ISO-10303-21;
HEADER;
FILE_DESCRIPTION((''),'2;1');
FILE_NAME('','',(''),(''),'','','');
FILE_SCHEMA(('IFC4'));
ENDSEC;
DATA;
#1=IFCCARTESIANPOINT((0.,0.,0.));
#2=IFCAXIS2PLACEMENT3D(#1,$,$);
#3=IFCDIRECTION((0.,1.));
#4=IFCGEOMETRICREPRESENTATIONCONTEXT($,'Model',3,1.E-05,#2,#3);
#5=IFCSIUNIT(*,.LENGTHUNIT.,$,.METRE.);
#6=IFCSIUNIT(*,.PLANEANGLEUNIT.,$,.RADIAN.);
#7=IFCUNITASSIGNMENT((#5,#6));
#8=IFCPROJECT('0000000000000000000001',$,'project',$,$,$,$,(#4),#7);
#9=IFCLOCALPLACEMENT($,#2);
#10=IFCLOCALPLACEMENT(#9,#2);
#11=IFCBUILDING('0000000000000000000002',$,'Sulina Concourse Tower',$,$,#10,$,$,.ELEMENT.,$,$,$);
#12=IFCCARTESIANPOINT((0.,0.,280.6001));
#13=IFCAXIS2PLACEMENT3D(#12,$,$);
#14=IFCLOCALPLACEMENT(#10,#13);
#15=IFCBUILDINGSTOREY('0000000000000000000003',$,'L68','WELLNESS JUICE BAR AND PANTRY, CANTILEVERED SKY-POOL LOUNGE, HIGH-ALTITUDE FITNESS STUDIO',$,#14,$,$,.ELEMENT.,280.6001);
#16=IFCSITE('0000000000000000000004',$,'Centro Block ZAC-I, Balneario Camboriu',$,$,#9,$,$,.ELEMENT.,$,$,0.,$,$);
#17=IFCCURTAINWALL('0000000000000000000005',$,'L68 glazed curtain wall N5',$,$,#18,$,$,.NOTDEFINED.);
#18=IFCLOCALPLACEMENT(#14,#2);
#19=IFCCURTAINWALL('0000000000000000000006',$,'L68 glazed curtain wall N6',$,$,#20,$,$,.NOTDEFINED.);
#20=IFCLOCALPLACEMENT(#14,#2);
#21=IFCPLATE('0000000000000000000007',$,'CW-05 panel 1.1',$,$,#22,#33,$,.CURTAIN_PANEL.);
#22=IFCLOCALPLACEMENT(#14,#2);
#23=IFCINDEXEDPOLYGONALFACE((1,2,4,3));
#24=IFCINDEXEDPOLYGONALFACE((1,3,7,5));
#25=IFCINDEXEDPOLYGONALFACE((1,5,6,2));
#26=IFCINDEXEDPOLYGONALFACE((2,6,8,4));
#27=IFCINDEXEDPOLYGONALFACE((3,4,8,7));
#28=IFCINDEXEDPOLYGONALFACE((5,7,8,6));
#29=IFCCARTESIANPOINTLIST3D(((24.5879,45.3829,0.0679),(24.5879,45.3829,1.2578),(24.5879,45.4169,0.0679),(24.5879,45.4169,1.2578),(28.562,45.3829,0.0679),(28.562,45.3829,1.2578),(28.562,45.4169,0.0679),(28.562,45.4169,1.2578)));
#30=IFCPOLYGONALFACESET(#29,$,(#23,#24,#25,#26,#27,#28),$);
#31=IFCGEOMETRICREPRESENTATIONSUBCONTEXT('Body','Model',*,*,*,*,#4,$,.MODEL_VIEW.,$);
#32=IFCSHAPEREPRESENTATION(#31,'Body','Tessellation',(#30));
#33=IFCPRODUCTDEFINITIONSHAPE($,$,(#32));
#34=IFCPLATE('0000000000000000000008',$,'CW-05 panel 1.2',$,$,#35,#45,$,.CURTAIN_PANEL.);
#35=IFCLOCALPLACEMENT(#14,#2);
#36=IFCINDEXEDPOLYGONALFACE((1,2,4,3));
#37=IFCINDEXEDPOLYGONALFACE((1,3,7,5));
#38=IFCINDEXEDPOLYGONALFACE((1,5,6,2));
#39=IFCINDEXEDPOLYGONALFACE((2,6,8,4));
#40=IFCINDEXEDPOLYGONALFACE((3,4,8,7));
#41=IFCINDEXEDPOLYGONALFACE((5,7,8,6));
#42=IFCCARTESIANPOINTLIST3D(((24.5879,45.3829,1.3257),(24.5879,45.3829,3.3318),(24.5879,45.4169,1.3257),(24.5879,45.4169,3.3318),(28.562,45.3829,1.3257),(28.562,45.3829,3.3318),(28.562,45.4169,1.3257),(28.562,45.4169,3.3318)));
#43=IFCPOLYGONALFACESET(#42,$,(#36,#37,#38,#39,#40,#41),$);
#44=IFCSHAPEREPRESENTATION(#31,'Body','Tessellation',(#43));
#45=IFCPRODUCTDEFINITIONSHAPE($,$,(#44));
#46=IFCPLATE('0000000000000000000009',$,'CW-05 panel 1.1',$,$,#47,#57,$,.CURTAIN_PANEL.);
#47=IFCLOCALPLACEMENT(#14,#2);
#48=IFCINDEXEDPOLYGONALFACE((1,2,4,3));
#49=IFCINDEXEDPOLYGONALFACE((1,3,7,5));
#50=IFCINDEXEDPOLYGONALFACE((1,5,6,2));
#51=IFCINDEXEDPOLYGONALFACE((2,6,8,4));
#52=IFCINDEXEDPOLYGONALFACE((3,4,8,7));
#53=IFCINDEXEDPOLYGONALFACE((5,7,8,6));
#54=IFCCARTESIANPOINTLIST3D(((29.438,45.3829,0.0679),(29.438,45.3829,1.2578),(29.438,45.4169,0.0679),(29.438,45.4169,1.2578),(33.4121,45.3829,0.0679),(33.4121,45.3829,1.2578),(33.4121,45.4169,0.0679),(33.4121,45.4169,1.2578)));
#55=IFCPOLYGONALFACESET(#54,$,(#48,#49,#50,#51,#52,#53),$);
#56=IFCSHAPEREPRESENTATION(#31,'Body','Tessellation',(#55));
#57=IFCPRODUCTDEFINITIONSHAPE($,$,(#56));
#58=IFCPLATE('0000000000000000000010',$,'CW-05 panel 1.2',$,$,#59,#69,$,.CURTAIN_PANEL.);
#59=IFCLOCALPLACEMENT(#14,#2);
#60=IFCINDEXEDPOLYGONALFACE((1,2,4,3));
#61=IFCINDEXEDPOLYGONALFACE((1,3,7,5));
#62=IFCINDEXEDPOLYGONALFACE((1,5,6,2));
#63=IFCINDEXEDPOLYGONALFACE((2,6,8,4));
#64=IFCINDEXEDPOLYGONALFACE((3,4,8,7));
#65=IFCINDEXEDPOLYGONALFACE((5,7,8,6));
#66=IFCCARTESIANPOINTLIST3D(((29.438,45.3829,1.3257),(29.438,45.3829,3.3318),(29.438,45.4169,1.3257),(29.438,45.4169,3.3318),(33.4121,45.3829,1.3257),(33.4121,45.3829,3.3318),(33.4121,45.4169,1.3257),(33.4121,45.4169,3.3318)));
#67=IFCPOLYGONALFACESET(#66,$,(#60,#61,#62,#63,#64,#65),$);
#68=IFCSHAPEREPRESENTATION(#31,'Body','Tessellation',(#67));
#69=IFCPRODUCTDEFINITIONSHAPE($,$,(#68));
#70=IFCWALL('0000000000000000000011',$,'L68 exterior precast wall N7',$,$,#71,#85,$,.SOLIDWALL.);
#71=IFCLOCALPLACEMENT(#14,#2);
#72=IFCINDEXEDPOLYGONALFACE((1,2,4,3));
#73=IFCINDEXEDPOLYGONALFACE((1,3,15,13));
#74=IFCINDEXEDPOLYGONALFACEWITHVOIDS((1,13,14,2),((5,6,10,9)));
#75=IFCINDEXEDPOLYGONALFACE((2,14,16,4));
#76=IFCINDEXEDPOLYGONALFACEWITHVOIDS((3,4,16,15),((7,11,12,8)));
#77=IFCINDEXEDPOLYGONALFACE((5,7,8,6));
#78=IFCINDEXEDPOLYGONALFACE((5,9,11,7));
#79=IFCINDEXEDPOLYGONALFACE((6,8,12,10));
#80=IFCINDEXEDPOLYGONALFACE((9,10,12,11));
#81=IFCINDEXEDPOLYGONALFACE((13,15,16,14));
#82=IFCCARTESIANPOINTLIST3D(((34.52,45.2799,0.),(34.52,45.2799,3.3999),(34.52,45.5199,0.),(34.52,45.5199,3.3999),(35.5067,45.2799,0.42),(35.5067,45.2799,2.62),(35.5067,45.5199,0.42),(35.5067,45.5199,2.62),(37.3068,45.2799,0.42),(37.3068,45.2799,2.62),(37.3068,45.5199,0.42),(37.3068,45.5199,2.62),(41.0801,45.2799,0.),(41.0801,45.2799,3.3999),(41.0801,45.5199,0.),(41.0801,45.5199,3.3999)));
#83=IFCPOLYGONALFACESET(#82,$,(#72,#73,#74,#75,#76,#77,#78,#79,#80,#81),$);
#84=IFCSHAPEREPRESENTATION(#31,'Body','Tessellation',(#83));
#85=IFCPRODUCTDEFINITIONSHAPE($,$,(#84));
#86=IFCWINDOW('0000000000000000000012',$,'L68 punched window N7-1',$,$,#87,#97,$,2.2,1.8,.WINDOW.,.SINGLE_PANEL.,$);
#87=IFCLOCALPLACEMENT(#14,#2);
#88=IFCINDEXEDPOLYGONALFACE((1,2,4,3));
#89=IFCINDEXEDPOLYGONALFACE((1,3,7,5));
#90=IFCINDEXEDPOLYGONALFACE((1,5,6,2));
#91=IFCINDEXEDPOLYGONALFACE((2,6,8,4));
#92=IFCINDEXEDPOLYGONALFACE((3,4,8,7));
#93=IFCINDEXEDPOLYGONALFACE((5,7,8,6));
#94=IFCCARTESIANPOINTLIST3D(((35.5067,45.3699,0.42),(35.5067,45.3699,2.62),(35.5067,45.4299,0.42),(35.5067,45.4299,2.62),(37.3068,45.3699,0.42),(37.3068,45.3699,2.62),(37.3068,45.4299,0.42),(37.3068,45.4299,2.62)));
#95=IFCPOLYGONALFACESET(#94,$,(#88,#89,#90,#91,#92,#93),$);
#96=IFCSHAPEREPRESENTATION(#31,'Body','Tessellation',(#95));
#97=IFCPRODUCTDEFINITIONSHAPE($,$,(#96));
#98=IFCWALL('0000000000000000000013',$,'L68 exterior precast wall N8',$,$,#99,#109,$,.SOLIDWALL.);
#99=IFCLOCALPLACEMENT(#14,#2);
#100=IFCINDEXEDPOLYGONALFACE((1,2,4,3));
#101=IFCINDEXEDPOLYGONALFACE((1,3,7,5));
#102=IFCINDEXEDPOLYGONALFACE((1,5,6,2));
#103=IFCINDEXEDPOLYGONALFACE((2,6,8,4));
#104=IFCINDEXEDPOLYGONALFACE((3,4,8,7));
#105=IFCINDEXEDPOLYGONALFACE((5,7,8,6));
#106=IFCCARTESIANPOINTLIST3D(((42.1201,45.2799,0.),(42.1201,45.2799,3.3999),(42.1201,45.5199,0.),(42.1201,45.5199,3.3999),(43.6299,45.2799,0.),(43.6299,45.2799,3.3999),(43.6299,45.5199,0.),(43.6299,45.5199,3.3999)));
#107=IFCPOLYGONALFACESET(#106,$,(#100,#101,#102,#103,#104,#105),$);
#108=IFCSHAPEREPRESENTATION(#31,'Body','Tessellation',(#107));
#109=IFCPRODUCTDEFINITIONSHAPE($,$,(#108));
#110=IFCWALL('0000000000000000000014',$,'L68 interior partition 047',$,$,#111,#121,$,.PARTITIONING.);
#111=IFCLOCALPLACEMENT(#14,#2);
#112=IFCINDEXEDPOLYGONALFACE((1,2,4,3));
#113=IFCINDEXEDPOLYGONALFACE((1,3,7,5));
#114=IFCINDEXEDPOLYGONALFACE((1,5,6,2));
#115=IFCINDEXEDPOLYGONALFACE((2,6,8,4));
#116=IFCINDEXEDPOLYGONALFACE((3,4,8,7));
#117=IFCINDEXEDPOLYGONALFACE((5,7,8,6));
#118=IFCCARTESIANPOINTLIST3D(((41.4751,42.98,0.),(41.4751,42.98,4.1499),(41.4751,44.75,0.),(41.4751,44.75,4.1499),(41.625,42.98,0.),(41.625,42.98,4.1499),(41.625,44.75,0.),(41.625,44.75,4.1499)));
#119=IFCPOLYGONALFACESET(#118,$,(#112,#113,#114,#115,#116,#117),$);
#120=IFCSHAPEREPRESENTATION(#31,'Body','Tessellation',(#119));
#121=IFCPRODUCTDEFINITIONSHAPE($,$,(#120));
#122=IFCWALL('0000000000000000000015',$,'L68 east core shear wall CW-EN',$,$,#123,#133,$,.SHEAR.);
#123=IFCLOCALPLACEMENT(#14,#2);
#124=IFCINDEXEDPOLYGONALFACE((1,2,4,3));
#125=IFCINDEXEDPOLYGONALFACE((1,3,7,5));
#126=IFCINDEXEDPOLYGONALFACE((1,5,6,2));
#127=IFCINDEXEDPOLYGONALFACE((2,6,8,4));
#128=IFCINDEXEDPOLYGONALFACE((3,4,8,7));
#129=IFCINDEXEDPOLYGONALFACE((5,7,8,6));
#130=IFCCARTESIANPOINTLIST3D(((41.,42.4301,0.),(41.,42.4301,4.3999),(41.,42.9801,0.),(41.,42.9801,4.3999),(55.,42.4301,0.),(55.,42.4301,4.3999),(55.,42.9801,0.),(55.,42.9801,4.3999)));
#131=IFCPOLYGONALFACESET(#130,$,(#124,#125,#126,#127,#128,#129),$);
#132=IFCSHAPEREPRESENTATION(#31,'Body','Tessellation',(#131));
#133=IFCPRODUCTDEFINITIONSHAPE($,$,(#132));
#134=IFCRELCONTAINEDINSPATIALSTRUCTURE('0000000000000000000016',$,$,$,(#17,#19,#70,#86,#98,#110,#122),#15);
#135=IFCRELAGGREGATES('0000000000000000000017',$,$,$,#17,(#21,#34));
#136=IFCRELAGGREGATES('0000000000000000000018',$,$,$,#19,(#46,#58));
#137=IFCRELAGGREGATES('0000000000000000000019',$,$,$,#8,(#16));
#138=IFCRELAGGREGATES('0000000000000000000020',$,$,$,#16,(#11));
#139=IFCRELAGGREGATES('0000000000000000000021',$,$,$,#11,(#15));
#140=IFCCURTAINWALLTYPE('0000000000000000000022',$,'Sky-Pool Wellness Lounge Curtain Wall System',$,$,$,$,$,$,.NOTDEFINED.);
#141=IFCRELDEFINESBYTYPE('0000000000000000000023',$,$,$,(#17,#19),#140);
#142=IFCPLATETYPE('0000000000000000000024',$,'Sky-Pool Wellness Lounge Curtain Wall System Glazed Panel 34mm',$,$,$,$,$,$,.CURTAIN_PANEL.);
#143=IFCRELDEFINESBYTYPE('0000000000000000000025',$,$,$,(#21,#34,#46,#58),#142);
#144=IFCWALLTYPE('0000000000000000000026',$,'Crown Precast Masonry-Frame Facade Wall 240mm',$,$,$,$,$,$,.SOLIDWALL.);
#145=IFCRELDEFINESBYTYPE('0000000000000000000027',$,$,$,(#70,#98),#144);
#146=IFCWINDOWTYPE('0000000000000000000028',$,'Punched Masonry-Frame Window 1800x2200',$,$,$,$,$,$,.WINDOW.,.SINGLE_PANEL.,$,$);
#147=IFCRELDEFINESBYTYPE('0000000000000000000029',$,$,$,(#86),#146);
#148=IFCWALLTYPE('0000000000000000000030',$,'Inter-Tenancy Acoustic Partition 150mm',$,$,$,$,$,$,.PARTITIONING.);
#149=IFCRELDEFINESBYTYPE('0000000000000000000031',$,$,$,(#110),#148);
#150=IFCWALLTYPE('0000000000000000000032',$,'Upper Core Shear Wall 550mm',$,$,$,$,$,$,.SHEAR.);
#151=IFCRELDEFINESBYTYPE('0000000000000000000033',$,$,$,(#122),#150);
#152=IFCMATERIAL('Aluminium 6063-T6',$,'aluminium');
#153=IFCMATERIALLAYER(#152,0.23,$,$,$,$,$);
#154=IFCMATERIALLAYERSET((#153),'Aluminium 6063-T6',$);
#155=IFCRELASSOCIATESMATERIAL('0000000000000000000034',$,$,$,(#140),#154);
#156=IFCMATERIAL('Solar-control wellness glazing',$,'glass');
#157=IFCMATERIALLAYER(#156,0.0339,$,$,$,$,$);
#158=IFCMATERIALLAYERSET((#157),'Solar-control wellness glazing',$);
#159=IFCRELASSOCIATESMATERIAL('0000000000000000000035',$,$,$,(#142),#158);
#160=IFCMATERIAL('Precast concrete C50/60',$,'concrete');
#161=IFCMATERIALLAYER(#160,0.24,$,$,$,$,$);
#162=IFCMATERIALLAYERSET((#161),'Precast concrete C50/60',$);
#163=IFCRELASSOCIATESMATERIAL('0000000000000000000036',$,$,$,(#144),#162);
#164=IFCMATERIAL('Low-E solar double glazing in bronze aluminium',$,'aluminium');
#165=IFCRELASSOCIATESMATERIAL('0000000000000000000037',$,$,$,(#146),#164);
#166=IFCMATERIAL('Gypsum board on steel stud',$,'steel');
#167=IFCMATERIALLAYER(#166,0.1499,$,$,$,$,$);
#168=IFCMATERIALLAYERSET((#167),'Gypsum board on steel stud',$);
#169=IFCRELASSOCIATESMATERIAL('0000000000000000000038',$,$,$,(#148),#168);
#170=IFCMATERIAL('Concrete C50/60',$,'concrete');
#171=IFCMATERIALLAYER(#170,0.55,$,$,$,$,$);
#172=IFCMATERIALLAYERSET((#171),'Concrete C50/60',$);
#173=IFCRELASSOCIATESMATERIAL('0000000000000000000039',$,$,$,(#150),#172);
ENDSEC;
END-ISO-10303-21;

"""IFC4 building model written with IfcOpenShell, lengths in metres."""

from ifc_helpers import new_model, si_unit, direction, frame, frame_2d, origin, origin_2d, place, context, subcontext, project, spatial, rectangle, extrude, material, layer, layer_set, type_object, element, fill, aggregate, save


model = new_model("IFC4")

# Units and contexts
model_context = context("Model", 3, precision=1e-05, world=origin(), true_north=direction((0.0, 1.0)))
body_context = subcontext(model_context, "Body", "Model", "MODEL_VIEW")
ifc_project = project(units=[si_unit("LENGTHUNIT", "METRE"), si_unit("PLANEANGLEUNIT", "RADIAN")], contexts=[model_context])

# Site, building, storey
site_placement = place(None, origin())
site = spatial("IfcSite", under=ifc_project, at=site_placement, Name="Centro Block ZAC-I, Balneario Camboriu", CompositionType="ELEMENT", RefElevation=0.0)
building_placement = place(site_placement, origin())
building = spatial("IfcBuilding", under=site, at=building_placement, Name="Sulina Concourse Tower", CompositionType="ELEMENT")
storey_placement = place(building_placement, frame((0.0, 0.0, 280.6001)))
storey = spatial("IfcBuildingStorey", under=building, at=storey_placement, Name="L68", Description="WELLNESS JUICE BAR AND PANTRY, CANTILEVERED SKY-POOL LOUNGE, HIGH-ALTITUDE FITNESS STUDIO", CompositionType="ELEMENT", Elevation=280.6001)

# Curtain wall
ifc_material_1 = material(Name="Aluminium 6063-T6", Category="aluminium")
ifc_layer_1 = layer(ifc_material_1, 0.23)
ifc_layer_set_1 = layer_set([ifc_layer_1], Name="Aluminium 6063-T6")
curtain_wall_type = type_object("IfcCurtainWallType", Name="Sky-Pool Wellness Lounge Curtain Wall System", PredefinedType="NOTDEFINED", material=ifc_layer_set_1)
curtain_wall_1_placement = place(storey_placement, origin())
curtain_wall_1 = element("IfcCurtainWall", 1, at=curtain_wall_1_placement, inside=storey, type_object=curtain_wall_type, Name="L68 glazed curtain wall N5", PredefinedType="NOTDEFINED")

# Curtain wall
curtain_wall_2_placement = place(storey_placement, origin())
curtain_wall_2 = element("IfcCurtainWall", 2, at=curtain_wall_2_placement, inside=storey, type_object=curtain_wall_type, Name="L68 glazed curtain wall N6", PredefinedType="NOTDEFINED")

# Plates
ifc_material_2 = material(Name="Solar-control wellness glazing", Category="glass")
ifc_layer_2 = layer(ifc_material_2, 0.0339)
ifc_layer_set_2 = layer_set([ifc_layer_2], Name="Solar-control wellness glazing")
plate_type = type_object("IfcPlateType", Name="Sky-Pool Wellness Lounge Curtain Wall System Glazed Panel 34mm", PredefinedType="CURTAIN_PANEL", material=ifc_layer_set_2)
plate_1_placement = place(storey_placement, frame((26.575, 45.3999, 0.0679), z_axis=(0.0, 0.0, 1.0), x_axis=(1.0, 0.0, 0.0)))
plate_1 = element("IfcPlate", 3, at=plate_1_placement, type_object=plate_type, Name="CW-05 panel 1.1", PredefinedType="CURTAIN_PANEL", context=body_context, shape_type="SweptSolid", body=[
    extrude(rectangle(XDim=3.9741, YDim=0.0339, at=origin_2d()), origin(), (0.0, 0.0, 1.0), 1.1899),
])
plate_2_placement = place(storey_placement, frame((26.575, 45.3999, 1.3257), z_axis=(0.0, 0.0, 1.0), x_axis=(1.0, 0.0, 0.0)))
plate_2 = element("IfcPlate", 4, at=plate_2_placement, type_object=plate_type, Name="CW-05 panel 1.2", PredefinedType="CURTAIN_PANEL", context=body_context, shape_type="SweptSolid", body=[
    extrude(rectangle(XDim=3.9741, YDim=0.0339, at=origin_2d()), origin(), (0.0, 0.0, 1.0), 2.0061),
])
aggregate(curtain_wall_1, [plate_1, plate_2])
plate_3_placement = place(storey_placement, frame((31.425, 45.3999, 0.0679), z_axis=(0.0, 0.0, 1.0), x_axis=(1.0, 0.0, 0.0)))
plate_3 = element("IfcPlate", 5, at=plate_3_placement, type_object=plate_type, Name="CW-05 panel 1.1", PredefinedType="CURTAIN_PANEL", context=body_context, shape_type="SweptSolid", body=[
    extrude(rectangle(XDim=3.9741, YDim=0.0339, at=origin_2d()), origin(), (0.0, 0.0, 1.0), 1.1899),
])
plate_4_placement = place(storey_placement, frame((31.425, 45.3999, 1.3257), z_axis=(0.0, 0.0, 1.0), x_axis=(1.0, 0.0, 0.0)))
plate_4 = element("IfcPlate", 6, at=plate_4_placement, type_object=plate_type, Name="CW-05 panel 1.2", PredefinedType="CURTAIN_PANEL", context=body_context, shape_type="SweptSolid", body=[
    extrude(rectangle(XDim=3.9741, YDim=0.0339, at=origin_2d()), origin(), (0.0, 0.0, 1.0), 2.0061),
])
aggregate(curtain_wall_2, [plate_3, plate_4])

# Wall, opening, window
ifc_material_3 = material(Name="Precast concrete C50/60", Category="concrete")
ifc_layer_3 = layer(ifc_material_3, 0.24)
ifc_layer_set_3 = layer_set([ifc_layer_3], Name="Precast concrete C50/60")
wall_type_1 = type_object("IfcWallType", Name="Crown Precast Masonry-Frame Facade Wall 240mm", PredefinedType="SOLIDWALL", material=ifc_layer_set_3)
wall_1_placement = place(storey_placement, frame((34.52, 45.3999, 0.0), z_axis=(0.0, 0.0, 1.0), x_axis=(1.0, 0.0, 0.0)))
wall_1 = element("IfcWall", 7, at=wall_1_placement, inside=storey, type_object=wall_type_1, Name="L68 exterior precast wall N7", PredefinedType="SOLIDWALL", context=body_context, shape_type="SweptSolid", body=[
    extrude(rectangle(XDim=6.5601, YDim=0.24, at=frame_2d((3.28, 0.0))), origin(), (0.0, 0.0, 1.0), 3.3999),
])
opening_placement = place(wall_1_placement, frame((0.9868, 0.0, 0.4199)))
opening = element("IfcOpeningElement", 8, at=opening_placement, cuts=wall_1, PredefinedType="OPENING", context=body_context, shape_type="SweptSolid", body=[
    extrude(rectangle(XDim=1.8, YDim=2.2, at=frame_2d((0.8999, 1.1001))), frame((0.0, 0.1299, 0.0), z_axis=(0.0, -1.0, 0.0), x_axis=(1.0, 0.0, 0.0)), (0.0, 0.0, 1.0), 0.26),
])
ifc_material_4 = material(Name="Low-E solar double glazing in bronze aluminium", Category="aluminium")
window_type = type_object("IfcWindowType", Name="Punched Masonry-Frame Window 1800x2200", PartitioningType="SINGLE_PANEL", PredefinedType="WINDOW", material=ifc_material_4)
window_placement = place(opening_placement, origin())
window = element("IfcWindow", 9, at=window_placement, inside=storey, type_object=window_type, Name="L68 punched window N7-1", OverallHeight=2.2, OverallWidth=1.8, PartitioningType="SINGLE_PANEL", PredefinedType="WINDOW", context=body_context, shape_type="SweptSolid", body=[
    extrude(rectangle(XDim=1.8, YDim=2.2, at=frame_2d((0.8999, 1.1001))), frame((0.0, 0.03, 0.0), z_axis=(0.0, -1.0, 0.0), x_axis=(1.0, 0.0, 0.0)), (0.0, 0.0, 1.0), 0.0601),
])
fill(opening, window)

# Walls
wall_2_placement = place(storey_placement, frame((42.1201, 45.3999, 0.0), z_axis=(0.0, 0.0, 1.0), x_axis=(1.0, 0.0, 0.0)))
element("IfcWall", 10, at=wall_2_placement, inside=storey, type_object=wall_type_1, Name="L68 exterior precast wall N8", PredefinedType="SOLIDWALL", context=body_context, shape_type="SweptSolid", body=[
    extrude(rectangle(XDim=1.5098, YDim=0.24, at=frame_2d((0.7549, 0.0))), origin(), (0.0, 0.0, 1.0), 3.3999),
])
ifc_material_5 = material(Name="Gypsum board on steel stud", Category="steel")
ifc_layer_4 = layer(ifc_material_5, 0.1499)
ifc_layer_set_4 = layer_set([ifc_layer_4], Name="Gypsum board on steel stud")
wall_type_2 = type_object("IfcWallType", Name="Inter-Tenancy Acoustic Partition 150mm", PredefinedType="PARTITIONING", material=ifc_layer_set_4)
wall_3_placement = place(storey_placement, frame((41.55, 42.98, 0.0), z_axis=(0.0, 0.0, 1.0), x_axis=(0.0, 1.0, 0.0)))
element("IfcWall", 11, at=wall_3_placement, inside=storey, type_object=wall_type_2, Name="L68 interior partition 047", PredefinedType="PARTITIONING", context=body_context, shape_type="SweptSolid", body=[
    extrude(rectangle(XDim=1.77, YDim=0.1499, at=frame_2d((0.885, 0.0))), origin(), (0.0, 0.0, 1.0), 4.1499),
])
ifc_material_6 = material(Name="Concrete C50/60", Category="concrete")
ifc_layer_5 = layer(ifc_material_6, 0.55)
ifc_layer_set_5 = layer_set([ifc_layer_5], Name="Concrete C50/60")
wall_type_3 = type_object("IfcWallType", Name="Upper Core Shear Wall 550mm", PredefinedType="SHEAR", material=ifc_layer_set_5)
wall_4_placement = place(storey_placement, frame((41.0, 42.7051, 0.0), z_axis=(0.0, 0.0, 1.0), x_axis=(1.0, 0.0, 0.0)))
element("IfcWall", 12, at=wall_4_placement, inside=storey, type_object=wall_type_3, Name="L68 east core shear wall CW-EN", PredefinedType="SHEAR", context=body_context, shape_type="SweptSolid", body=[
    extrude(rectangle(XDim=14.0, YDim=0.55, at=frame_2d((7.0, 0.0))), origin(), (0.0, 0.0, 1.0), 4.3999),
])

save(model, "model.ifc")
